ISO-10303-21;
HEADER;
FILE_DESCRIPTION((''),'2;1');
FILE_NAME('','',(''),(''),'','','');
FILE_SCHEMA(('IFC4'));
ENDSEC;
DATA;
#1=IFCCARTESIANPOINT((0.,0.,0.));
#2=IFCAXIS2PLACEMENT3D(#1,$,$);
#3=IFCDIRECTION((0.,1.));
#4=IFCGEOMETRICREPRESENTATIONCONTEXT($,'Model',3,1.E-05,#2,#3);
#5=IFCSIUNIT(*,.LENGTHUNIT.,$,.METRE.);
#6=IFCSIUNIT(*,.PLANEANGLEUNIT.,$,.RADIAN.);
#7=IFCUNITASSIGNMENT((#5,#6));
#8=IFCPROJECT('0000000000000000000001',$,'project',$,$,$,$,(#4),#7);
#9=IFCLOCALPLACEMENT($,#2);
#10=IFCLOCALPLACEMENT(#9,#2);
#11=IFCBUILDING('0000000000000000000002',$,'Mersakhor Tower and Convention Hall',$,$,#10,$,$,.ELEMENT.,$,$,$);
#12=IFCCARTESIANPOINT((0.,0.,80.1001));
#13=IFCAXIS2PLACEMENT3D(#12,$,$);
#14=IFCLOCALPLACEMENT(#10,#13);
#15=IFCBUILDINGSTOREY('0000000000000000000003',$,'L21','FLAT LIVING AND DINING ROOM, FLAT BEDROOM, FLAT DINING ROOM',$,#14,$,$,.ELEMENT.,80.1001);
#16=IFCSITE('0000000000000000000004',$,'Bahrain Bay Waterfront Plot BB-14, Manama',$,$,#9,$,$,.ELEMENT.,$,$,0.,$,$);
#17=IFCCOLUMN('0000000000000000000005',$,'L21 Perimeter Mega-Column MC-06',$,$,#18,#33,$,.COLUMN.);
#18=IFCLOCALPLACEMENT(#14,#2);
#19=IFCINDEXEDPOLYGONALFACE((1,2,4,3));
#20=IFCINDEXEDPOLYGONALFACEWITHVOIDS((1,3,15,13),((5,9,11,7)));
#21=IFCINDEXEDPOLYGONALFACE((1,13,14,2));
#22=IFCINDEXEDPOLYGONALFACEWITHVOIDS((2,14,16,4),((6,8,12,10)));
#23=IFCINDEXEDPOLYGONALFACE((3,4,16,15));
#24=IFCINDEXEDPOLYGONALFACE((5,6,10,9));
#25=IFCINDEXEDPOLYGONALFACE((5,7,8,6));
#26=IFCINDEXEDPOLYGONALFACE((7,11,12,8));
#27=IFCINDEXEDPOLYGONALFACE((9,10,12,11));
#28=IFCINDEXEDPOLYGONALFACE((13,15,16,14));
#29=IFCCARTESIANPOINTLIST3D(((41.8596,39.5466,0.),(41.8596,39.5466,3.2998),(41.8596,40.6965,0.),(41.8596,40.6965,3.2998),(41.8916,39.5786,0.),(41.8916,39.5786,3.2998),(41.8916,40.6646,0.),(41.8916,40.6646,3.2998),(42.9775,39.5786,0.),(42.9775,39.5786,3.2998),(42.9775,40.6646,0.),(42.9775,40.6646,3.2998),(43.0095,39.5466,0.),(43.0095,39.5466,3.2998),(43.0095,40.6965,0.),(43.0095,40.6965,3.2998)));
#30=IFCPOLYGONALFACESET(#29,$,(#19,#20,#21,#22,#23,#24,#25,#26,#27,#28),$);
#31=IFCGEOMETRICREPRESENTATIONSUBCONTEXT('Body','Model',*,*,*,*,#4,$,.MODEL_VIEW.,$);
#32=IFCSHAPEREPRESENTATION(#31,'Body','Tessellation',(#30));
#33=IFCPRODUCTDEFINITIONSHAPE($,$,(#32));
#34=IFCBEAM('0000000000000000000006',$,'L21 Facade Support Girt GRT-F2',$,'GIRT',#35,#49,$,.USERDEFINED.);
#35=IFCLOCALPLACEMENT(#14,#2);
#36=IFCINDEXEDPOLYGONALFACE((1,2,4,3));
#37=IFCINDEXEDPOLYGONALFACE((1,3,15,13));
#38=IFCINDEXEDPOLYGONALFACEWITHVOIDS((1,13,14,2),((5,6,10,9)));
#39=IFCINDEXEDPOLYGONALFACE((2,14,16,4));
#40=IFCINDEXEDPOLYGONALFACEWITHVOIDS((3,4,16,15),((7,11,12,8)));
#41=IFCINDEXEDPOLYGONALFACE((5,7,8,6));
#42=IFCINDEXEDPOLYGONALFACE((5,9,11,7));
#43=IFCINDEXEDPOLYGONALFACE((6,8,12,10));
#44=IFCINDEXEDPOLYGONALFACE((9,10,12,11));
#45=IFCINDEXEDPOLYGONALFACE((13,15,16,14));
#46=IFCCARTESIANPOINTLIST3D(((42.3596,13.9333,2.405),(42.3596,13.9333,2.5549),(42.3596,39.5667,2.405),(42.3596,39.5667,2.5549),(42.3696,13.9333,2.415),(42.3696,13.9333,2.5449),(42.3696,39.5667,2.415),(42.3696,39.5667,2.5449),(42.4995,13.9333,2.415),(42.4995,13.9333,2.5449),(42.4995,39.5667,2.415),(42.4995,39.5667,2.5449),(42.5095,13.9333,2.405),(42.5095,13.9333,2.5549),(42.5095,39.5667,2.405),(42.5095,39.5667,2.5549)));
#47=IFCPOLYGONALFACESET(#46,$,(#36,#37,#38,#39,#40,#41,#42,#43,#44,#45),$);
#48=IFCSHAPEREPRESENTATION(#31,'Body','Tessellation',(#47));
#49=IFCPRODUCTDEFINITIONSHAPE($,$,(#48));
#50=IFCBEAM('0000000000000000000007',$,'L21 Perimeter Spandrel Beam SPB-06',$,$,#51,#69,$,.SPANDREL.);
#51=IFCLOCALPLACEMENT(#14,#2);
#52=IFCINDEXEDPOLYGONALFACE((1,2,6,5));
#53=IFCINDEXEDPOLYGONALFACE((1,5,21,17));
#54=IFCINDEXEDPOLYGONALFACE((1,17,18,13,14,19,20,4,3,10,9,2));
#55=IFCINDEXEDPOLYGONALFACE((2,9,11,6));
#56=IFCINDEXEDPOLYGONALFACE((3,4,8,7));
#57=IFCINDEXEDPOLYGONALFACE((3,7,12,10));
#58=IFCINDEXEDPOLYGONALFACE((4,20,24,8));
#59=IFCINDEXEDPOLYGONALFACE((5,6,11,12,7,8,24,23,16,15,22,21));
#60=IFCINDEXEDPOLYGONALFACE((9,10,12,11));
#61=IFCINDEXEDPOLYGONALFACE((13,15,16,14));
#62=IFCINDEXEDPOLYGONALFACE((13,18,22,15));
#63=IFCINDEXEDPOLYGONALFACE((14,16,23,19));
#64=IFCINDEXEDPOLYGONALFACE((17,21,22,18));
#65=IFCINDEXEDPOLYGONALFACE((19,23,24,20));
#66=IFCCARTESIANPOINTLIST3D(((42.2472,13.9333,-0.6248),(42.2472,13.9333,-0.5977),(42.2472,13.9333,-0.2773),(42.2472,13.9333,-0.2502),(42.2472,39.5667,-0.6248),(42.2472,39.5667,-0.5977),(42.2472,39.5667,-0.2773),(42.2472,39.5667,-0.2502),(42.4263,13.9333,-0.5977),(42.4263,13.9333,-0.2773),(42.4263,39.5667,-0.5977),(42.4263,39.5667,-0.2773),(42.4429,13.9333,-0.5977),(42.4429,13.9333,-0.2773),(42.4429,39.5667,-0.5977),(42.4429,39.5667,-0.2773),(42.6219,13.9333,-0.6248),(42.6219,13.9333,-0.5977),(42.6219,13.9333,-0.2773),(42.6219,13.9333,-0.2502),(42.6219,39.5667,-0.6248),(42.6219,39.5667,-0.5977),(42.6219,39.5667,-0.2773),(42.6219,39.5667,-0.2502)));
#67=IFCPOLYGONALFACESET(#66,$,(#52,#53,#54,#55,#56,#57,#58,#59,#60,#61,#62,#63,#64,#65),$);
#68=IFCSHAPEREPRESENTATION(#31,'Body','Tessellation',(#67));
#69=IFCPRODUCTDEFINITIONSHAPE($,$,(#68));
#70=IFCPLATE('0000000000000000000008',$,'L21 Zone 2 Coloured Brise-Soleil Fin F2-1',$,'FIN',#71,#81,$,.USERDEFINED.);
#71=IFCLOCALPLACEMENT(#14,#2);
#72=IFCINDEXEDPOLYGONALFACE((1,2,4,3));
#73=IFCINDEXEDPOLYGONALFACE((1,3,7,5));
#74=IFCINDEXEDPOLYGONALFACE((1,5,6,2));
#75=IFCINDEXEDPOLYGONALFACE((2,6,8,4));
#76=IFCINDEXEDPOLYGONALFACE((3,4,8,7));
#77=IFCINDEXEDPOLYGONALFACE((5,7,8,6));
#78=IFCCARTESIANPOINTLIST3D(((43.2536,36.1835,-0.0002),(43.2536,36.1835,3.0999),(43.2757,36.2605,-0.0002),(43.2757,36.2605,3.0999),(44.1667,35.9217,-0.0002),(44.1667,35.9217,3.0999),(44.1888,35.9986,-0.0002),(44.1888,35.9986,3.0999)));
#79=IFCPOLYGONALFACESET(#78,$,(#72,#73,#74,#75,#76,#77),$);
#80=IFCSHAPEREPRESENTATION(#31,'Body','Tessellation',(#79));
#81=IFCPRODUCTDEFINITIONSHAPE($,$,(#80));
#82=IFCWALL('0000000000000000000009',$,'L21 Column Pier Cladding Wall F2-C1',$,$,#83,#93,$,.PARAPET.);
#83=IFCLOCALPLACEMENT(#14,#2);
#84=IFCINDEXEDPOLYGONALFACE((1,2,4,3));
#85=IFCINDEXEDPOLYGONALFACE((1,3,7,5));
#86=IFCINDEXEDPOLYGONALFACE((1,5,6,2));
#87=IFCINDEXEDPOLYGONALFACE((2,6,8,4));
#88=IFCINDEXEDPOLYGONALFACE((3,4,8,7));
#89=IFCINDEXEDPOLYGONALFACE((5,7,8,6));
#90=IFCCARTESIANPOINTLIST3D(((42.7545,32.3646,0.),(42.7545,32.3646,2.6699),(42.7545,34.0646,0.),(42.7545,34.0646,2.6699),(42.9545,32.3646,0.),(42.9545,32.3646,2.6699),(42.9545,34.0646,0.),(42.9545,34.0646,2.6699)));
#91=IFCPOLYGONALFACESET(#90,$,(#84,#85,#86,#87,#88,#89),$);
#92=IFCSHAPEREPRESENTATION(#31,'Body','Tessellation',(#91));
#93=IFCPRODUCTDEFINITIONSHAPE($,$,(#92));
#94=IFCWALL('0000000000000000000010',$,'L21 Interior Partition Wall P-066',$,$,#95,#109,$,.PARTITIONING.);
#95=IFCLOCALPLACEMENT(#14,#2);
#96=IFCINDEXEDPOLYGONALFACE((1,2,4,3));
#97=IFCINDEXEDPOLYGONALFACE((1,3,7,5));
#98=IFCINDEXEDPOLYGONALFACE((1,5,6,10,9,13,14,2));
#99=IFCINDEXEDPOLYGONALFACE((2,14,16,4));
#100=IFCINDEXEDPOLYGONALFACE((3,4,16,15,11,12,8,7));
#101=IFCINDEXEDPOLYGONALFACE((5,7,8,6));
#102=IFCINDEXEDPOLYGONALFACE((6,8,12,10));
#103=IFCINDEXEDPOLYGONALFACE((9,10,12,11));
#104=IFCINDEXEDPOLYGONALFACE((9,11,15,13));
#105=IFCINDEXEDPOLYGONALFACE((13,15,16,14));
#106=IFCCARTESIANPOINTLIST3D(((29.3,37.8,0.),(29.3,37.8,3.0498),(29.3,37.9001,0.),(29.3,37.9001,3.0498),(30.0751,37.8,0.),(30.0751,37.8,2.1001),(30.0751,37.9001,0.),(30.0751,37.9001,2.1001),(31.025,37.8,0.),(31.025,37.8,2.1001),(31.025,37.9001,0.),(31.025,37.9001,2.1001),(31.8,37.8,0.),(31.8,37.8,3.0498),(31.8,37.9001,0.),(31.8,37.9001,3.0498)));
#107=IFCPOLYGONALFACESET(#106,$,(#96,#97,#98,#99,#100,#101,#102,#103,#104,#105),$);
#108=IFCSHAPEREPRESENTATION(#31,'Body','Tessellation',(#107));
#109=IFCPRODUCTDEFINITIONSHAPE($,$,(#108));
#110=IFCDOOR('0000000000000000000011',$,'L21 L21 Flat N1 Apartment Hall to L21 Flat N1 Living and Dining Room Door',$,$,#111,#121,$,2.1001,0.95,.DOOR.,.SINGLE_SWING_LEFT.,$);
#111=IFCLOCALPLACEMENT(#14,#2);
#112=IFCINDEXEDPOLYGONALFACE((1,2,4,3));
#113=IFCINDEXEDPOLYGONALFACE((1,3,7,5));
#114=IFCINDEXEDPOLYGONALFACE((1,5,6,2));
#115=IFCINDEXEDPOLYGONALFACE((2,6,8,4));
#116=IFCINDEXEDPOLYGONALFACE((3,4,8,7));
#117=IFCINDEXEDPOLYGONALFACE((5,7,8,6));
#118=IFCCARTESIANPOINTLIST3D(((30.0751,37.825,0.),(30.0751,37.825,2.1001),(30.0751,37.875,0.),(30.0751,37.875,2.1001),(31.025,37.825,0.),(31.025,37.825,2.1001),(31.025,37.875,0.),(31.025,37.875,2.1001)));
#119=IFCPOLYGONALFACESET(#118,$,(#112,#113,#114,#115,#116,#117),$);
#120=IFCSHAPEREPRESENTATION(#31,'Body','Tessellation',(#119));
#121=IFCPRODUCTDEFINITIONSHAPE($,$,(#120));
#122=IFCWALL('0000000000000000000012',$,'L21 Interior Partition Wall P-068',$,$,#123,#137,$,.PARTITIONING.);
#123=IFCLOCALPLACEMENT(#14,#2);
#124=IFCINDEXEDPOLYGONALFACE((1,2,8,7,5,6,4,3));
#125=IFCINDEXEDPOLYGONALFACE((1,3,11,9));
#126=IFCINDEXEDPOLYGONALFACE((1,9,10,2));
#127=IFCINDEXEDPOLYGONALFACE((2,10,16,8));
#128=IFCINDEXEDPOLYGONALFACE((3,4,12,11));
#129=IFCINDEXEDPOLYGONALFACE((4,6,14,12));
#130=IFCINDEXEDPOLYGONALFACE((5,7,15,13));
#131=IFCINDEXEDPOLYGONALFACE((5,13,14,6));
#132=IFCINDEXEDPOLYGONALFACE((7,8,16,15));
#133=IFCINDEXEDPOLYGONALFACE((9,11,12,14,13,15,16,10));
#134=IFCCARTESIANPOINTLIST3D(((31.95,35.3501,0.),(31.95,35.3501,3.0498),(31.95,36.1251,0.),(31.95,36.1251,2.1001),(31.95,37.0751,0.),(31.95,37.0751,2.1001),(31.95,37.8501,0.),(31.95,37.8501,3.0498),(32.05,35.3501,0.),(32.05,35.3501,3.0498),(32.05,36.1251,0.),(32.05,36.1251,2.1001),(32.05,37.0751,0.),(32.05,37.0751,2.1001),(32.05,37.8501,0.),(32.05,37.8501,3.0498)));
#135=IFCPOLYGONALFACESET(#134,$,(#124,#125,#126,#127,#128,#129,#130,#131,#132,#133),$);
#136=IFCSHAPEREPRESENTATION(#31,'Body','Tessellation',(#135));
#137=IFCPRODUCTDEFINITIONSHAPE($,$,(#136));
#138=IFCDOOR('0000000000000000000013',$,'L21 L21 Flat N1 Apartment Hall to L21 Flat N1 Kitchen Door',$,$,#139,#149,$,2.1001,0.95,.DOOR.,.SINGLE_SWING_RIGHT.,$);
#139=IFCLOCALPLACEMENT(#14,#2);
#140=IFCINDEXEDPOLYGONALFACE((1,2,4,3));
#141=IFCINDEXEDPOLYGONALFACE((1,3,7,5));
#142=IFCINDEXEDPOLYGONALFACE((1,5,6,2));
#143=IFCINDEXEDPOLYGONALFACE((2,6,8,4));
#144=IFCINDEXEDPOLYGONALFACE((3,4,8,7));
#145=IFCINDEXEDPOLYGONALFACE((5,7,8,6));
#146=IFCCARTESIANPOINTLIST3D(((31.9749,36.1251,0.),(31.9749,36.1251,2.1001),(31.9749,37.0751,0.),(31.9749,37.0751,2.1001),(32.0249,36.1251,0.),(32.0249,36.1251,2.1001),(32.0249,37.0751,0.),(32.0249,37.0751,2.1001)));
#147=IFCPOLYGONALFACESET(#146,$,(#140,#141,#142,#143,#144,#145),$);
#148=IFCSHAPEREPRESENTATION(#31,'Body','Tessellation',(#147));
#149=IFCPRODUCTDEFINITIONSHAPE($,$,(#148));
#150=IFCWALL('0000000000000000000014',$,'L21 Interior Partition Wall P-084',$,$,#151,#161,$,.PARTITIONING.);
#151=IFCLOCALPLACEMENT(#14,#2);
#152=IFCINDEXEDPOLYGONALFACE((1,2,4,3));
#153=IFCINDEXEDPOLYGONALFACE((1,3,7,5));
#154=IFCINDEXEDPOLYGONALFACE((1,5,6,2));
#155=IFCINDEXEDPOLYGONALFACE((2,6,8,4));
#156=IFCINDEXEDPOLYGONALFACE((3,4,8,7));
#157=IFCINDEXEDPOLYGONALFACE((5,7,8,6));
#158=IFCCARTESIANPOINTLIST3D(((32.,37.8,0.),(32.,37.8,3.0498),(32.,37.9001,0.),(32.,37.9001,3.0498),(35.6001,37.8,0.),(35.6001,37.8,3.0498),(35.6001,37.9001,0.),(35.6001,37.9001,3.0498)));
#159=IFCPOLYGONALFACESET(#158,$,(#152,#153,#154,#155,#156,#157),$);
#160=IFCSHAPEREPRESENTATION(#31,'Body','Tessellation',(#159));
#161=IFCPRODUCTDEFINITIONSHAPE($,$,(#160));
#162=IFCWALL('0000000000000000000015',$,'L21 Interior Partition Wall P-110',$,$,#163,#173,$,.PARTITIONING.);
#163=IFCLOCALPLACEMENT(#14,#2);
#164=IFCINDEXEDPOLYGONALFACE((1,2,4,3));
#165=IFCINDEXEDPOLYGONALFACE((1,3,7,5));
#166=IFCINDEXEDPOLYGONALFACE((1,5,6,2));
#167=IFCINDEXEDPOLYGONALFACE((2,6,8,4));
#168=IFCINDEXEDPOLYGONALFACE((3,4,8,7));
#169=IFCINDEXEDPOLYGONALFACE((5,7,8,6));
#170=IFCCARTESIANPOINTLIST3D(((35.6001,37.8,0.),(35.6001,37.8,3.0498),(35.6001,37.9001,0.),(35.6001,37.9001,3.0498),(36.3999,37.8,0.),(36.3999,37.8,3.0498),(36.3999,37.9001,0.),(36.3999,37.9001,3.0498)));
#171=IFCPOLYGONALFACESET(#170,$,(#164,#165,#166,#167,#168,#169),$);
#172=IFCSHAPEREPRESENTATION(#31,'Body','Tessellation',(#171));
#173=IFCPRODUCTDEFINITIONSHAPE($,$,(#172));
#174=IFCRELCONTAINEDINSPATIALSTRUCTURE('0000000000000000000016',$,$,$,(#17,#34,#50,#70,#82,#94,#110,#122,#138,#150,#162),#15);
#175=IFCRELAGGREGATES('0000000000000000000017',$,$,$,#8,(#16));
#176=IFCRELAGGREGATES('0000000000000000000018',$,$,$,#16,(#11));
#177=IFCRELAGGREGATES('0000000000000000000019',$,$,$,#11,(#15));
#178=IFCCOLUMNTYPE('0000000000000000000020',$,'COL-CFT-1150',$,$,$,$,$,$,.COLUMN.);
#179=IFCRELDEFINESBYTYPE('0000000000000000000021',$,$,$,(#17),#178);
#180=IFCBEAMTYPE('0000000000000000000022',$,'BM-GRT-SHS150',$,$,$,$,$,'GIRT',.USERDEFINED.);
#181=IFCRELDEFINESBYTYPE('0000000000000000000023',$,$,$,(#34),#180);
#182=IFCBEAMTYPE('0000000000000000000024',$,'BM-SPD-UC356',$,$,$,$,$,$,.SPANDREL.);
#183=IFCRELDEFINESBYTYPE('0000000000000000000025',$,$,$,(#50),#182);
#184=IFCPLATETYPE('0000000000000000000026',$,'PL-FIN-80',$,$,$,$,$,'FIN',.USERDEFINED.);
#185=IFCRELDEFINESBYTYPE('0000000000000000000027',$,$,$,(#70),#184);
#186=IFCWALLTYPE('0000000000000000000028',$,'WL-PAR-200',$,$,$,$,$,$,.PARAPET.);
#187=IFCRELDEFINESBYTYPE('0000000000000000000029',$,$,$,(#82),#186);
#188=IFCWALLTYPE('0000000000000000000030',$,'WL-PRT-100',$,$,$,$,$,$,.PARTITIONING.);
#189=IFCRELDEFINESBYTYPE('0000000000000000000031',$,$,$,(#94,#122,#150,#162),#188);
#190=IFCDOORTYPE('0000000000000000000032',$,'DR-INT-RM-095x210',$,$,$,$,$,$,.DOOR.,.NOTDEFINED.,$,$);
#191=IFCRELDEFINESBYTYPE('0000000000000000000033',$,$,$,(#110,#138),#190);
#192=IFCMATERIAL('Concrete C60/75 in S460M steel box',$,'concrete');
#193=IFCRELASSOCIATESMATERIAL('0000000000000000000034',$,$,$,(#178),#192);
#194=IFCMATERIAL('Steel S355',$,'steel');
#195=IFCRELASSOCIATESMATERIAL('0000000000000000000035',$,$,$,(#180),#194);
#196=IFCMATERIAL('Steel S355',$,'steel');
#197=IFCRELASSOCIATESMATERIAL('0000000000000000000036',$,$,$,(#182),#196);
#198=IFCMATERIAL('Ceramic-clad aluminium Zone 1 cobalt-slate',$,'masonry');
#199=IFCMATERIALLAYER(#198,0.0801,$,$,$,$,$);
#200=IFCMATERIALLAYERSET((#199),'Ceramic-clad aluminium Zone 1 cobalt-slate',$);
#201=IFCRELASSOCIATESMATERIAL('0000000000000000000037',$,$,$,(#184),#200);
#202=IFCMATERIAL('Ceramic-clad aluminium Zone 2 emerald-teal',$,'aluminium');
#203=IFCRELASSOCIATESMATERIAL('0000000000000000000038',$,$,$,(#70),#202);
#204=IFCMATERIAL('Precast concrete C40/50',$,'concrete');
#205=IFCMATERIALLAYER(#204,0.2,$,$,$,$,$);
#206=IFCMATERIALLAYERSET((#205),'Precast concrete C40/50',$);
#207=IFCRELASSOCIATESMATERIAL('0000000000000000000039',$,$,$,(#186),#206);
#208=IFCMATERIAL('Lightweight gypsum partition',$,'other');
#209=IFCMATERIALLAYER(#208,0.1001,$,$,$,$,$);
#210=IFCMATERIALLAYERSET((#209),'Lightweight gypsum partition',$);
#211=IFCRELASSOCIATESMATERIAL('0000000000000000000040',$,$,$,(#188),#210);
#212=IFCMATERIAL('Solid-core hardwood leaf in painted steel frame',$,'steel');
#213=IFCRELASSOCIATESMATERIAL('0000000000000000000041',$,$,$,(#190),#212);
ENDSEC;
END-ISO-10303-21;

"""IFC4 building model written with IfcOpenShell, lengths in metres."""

from ifc_helpers import new_model, si_unit, direction, frame, frame_2d, origin, origin_2d, place, context, subcontext, project, spatial, rectangle, hollow_rectangle, i_section, extrude, material, layer, layer_set, material_profile, profile_set, type_object, element, fill, save


model = new_model("IFC4")

# Units and contexts
model_context = context("Model", 3, precision=1e-05, world=origin(), true_north=direction((0.0, 1.0)))
body_context = subcontext(model_context, "Body", "Model", "MODEL_VIEW")
ifc_project = project(units=[si_unit("LENGTHUNIT", "METRE"), si_unit("PLANEANGLEUNIT", "RADIAN")], contexts=[model_context])

# Site, building, storey
site_placement = place(None, origin())
site = spatial("IfcSite", under=ifc_project, at=site_placement, Name="Bahrain Bay Waterfront Plot BB-14, Manama", CompositionType="ELEMENT", RefElevation=0.0)
building_placement = place(site_placement, origin())
building = spatial("IfcBuilding", under=site, at=building_placement, Name="Mersakhor Tower and Convention Hall", CompositionType="ELEMENT")
storey_placement = place(building_placement, frame((0.0, 0.0, 80.1001)))
storey = spatial("IfcBuildingStorey", under=building, at=storey_placement, Name="L21", Description="FLAT LIVING AND DINING ROOM, FLAT BEDROOM, FLAT DINING ROOM", CompositionType="ELEMENT", Elevation=80.1001)

# Column
ifc_material_1 = material(Name="Concrete C60/75 in S460M steel box", Category="concrete")
ifc_material_profile_1 = material_profile(ifc_material_1, hollow_rectangle(XDim=1.1499, YDim=1.1499, WallThickness=0.032, at=origin_2d()), Name="SHS 1150x1150x32")
ifc_profile_set_1 = profile_set([ifc_material_profile_1], Name="Concrete C60/75 in S460M steel box")
column_type = type_object("IfcColumnType", Name="COL-CFT-1150", PredefinedType="COLUMN", material=ifc_profile_set_1)
column_placement = place(storey_placement, frame((42.4346, 40.1216, 0.0), z_axis=(0.0, 0.0, 1.0), x_axis=(1.0, 0.0, 0.0)))
element("IfcColumn", 1, at=column_placement, inside=storey, type_object=column_type, Name="L21 Perimeter Mega-Column MC-06", PredefinedType="COLUMN", context=body_context, shape_type="SweptSolid", body=[
    extrude(hollow_rectangle(XDim=1.1499, YDim=1.1499, WallThickness=0.032, at=origin_2d()), origin(), (0.0, 0.0, 1.0), 3.2998),
])

# Beams
ifc_material_2 = material(Name="Steel S355", Category="steel")
ifc_material_profile_2 = material_profile(ifc_material_2, hollow_rectangle(XDim=0.1499, YDim=0.1499, WallThickness=0.01, at=origin_2d()), Name="SHS 150x150x10")
ifc_profile_set_2 = profile_set([ifc_material_profile_2], Name="Steel S355")
beam_type_1 = type_object("IfcBeamType", Name="BM-GRT-SHS150", ElementType="GIRT", PredefinedType="USERDEFINED", material=ifc_profile_set_2)
beam_1_placement = place(storey_placement, frame((42.4346, 39.5667, 2.48), z_axis=(0.0, -1.0, 0.0), x_axis=(1.0, 0.0, 0.0)))
element("IfcBeam", 2, at=beam_1_placement, inside=storey, type_object=beam_type_1, Name="L21 Facade Support Girt GRT-F2", ObjectType="GIRT", PredefinedType="USERDEFINED", context=body_context, shape_type="SweptSolid", body=[
    extrude(hollow_rectangle(XDim=0.1499, YDim=0.1499, WallThickness=0.01, at=origin_2d()), origin(), (0.0, 0.0, 1.0), 25.6333),
])
ifc_material_3 = material(Name="Steel S355", Category="steel")
ifc_material_profile_3 = material_profile(ifc_material_3, i_section(OverallWidth=0.3748, OverallDepth=0.3745, WebThickness=0.0166, FlangeThickness=0.0271, at=origin_2d()), Name="UC 356x368x202")
ifc_profile_set_3 = profile_set([ifc_material_profile_3], Name="Steel S355")
beam_type_2 = type_object("IfcBeamType", Name="BM-SPD-UC356", PredefinedType="SPANDREL", material=ifc_profile_set_3)
beam_2_placement = place(storey_placement, frame((42.4346, 39.5667, -0.4375), z_axis=(0.0, -1.0, 0.0), x_axis=(1.0, 0.0, 0.0)))
element("IfcBeam", 3, at=beam_2_placement, inside=storey, type_object=beam_type_2, Name="L21 Perimeter Spandrel Beam SPB-06", PredefinedType="SPANDREL", context=body_context, shape_type="SweptSolid", body=[
    extrude(i_section(OverallWidth=0.3748, OverallDepth=0.3745, WebThickness=0.0166, FlangeThickness=0.0271, at=origin_2d()), origin(), (0.0, 0.0, 1.0), 25.6333),
])

# Plate
ifc_material_4 = material(Name="Ceramic-clad aluminium Zone 2 emerald-teal", Category="aluminium")
ifc_material_5 = material(Name="Ceramic-clad aluminium Zone 1 cobalt-slate", Category="masonry")
ifc_layer_1 = layer(ifc_material_5, 0.0801)
ifc_layer_set_1 = layer_set([ifc_layer_1], Name="Ceramic-clad aluminium Zone 1 cobalt-slate")
plate_type = type_object("IfcPlateType", Name="PL-FIN-80", ElementType="FIN", PredefinedType="USERDEFINED", material=ifc_layer_set_1)
plate_placement = place(storey_placement, frame((43.7212, 36.0911, -0.0002), z_axis=(0.0, 0.0, 1.0), x_axis=(0.961262, -0.275637, 0.0)))
element("IfcPlate", 4, at=plate_placement, inside=storey, type_object=plate_type, material=ifc_material_4, Name="L21 Zone 2 Coloured Brise-Soleil Fin F2-1", ObjectType="FIN", PredefinedType="USERDEFINED", context=body_context, shape_type="SweptSolid", body=[
    extrude(rectangle(XDim=0.95, YDim=0.0801, at=origin_2d()), origin(), (0.0, 0.0, 1.0), 3.1001),
])

# Wall
ifc_material_6 = material(Name="Precast concrete C40/50", Category="concrete")
ifc_layer_2 = layer(ifc_material_6, 0.2)
ifc_layer_set_2 = layer_set([ifc_layer_2], Name="Precast concrete C40/50")
wall_type_1 = type_object("IfcWallType", Name="WL-PAR-200", PredefinedType="PARAPET", material=ifc_layer_set_2)
wall_1_placement = place(storey_placement, frame((42.8545, 34.0647, 0.0), z_axis=(0.0, 0.0, 1.0), x_axis=(0.0, -1.0, 0.0)))
element("IfcWall", 5, at=wall_1_placement, inside=storey, type_object=wall_type_1, Name="L21 Column Pier Cladding Wall F2-C1", PredefinedType="PARAPET", context=body_context, shape_type="SweptSolid", body=[
    extrude(rectangle(XDim=1.7, YDim=0.2, at=frame_2d((0.8501, 0.0))), origin(), (0.0, 0.0, 1.0), 2.6699),
])

# Walls, openings, doors
ifc_material_7 = material(Name="Lightweight gypsum partition", Category="other")
ifc_layer_3 = layer(ifc_material_7, 0.1001)
ifc_layer_set_3 = layer_set([ifc_layer_3], Name="Lightweight gypsum partition")
wall_type_2 = type_object("IfcWallType", Name="WL-PRT-100", PredefinedType="PARTITIONING", material=ifc_layer_set_3)
wall_2_placement = place(storey_placement, frame((29.3, 37.8501, 0.0), z_axis=(0.0, 0.0, 1.0), x_axis=(1.0, 0.0, 0.0)))
wall_2 = element("IfcWall", 6, at=wall_2_placement, inside=storey, type_object=wall_type_2, Name="L21 Interior Partition Wall P-066", PredefinedType="PARTITIONING", context=body_context, shape_type="SweptSolid", body=[
    extrude(rectangle(XDim=2.5, YDim=0.1001, at=frame_2d((1.25, 0.0))), origin(), (0.0, 0.0, 1.0), 3.0498),
])
opening_1_placement = place(wall_2_placement, frame((0.7749, 0.0, 0.0)))
opening_1 = element("IfcOpeningElement", 7, at=opening_1_placement, cuts=wall_2, PredefinedType="OPENING", context=body_context, shape_type="SweptSolid", body=[
    extrude(rectangle(XDim=0.95, YDim=2.1001, at=frame_2d((0.4751, 1.05))), frame((0.0, 0.0601, 0.0), z_axis=(0.0, -1.0, 0.0), x_axis=(1.0, 0.0, 0.0)), (0.0, 0.0, 1.0), 0.1201),
])
ifc_material_8 = material(Name="Solid-core hardwood leaf in painted steel frame", Category="steel")
door_type_1 = type_object("IfcDoorType", Name="DR-INT-RM-095x210", OperationType="NOTDEFINED", PredefinedType="DOOR", material=ifc_material_8)
door_1_placement = place(opening_1_placement, origin())
door_1 = element("IfcDoor", 8, at=door_1_placement, inside=storey, type_object=door_type_1, Name="L21 L21 Flat N1 Apartment Hall to L21 Flat N1 Living and Dining Room Door", OperationType="SINGLE_SWING_LEFT", OverallHeight=2.1001, OverallWidth=0.95, PredefinedType="DOOR", context=body_context, shape_type="SweptSolid", body=[
    extrude(rectangle(XDim=0.95, YDim=2.1001, at=frame_2d((0.4751, 1.05))), frame((0.0, 0.0249, 0.0), z_axis=(0.0, -1.0, 0.0), x_axis=(1.0, 0.0, 0.0)), (0.0, 0.0, 1.0), 0.05),
])
fill(opening_1, door_1)
wall_3_placement = place(storey_placement, frame((32.0, 37.8501, 0.0), z_axis=(0.0, 0.0, 1.0), x_axis=(0.0, -1.0, 0.0)))
wall_3 = element("IfcWall", 9, at=wall_3_placement, inside=storey, type_object=wall_type_2, Name="L21 Interior Partition Wall P-068", PredefinedType="PARTITIONING", context=body_context, shape_type="SweptSolid", body=[
    extrude(rectangle(XDim=2.5, YDim=0.1001, at=frame_2d((1.25, 0.0))), origin(), (0.0, 0.0, 1.0), 3.0498),
])
opening_2_placement = place(wall_3_placement, frame((0.7749, 0.0, 0.0)))
opening_2 = element("IfcOpeningElement", 10, at=opening_2_placement, cuts=wall_3, PredefinedType="OPENING", context=body_context, shape_type="SweptSolid", body=[
    extrude(rectangle(XDim=0.95, YDim=2.1001, at=frame_2d((0.4751, 1.05))), frame((0.0, 0.0601, 0.0), z_axis=(0.0, -1.0, 0.0), x_axis=(1.0, 0.0, 0.0)), (0.0, 0.0, 1.0), 0.1201),
])
door_2_placement = place(opening_2_placement, origin())
door_2 = element("IfcDoor", 11, at=door_2_placement, inside=storey, type_object=door_type_1, Name="L21 L21 Flat N1 Apartment Hall to L21 Flat N1 Kitchen Door", OperationType="SINGLE_SWING_RIGHT", OverallHeight=2.1001, OverallWidth=0.95, PredefinedType="DOOR", context=body_context, shape_type="SweptSolid", body=[
    extrude(rectangle(XDim=0.95, YDim=2.1001, at=frame_2d((0.4751, 1.05))), frame((0.0, 0.0249, 0.0), z_axis=(0.0, -1.0, 0.0), x_axis=(1.0, 0.0, 0.0)), (0.0, 0.0, 1.0), 0.05),
])
fill(opening_2, door_2)

# Walls
wall_4_placement = place(storey_placement, frame((32.0, 37.8501, 0.0), z_axis=(0.0, 0.0, 1.0), x_axis=(1.0, 0.0, 0.0)))
element("IfcWall", 12, at=wall_4_placement, inside=storey, type_object=wall_type_2, Name="L21 Interior Partition Wall P-084", PredefinedType="PARTITIONING", context=body_context, shape_type="SweptSolid", body=[
    extrude(rectangle(XDim=3.6001, YDim=0.1001, at=frame_2d((1.8, 0.0))), origin(), (0.0, 0.0, 1.0), 3.0498),
])
wall_5_placement = place(storey_placement, frame((35.6001, 37.8501, 0.0), z_axis=(0.0, 0.0, 1.0), x_axis=(1.0, 0.0, 0.0)))
element("IfcWall", 13, at=wall_5_placement, inside=storey, type_object=wall_type_2, Name="L21 Interior Partition Wall P-110", PredefinedType="PARTITIONING", context=body_context, shape_type="SweptSolid", body=[
    extrude(rectangle(XDim=0.7998, YDim=0.1001, at=frame_2d((0.3999, 0.0))), origin(), (0.0, 0.0, 1.0), 3.0498),
])

save(model, "model.ifc")
